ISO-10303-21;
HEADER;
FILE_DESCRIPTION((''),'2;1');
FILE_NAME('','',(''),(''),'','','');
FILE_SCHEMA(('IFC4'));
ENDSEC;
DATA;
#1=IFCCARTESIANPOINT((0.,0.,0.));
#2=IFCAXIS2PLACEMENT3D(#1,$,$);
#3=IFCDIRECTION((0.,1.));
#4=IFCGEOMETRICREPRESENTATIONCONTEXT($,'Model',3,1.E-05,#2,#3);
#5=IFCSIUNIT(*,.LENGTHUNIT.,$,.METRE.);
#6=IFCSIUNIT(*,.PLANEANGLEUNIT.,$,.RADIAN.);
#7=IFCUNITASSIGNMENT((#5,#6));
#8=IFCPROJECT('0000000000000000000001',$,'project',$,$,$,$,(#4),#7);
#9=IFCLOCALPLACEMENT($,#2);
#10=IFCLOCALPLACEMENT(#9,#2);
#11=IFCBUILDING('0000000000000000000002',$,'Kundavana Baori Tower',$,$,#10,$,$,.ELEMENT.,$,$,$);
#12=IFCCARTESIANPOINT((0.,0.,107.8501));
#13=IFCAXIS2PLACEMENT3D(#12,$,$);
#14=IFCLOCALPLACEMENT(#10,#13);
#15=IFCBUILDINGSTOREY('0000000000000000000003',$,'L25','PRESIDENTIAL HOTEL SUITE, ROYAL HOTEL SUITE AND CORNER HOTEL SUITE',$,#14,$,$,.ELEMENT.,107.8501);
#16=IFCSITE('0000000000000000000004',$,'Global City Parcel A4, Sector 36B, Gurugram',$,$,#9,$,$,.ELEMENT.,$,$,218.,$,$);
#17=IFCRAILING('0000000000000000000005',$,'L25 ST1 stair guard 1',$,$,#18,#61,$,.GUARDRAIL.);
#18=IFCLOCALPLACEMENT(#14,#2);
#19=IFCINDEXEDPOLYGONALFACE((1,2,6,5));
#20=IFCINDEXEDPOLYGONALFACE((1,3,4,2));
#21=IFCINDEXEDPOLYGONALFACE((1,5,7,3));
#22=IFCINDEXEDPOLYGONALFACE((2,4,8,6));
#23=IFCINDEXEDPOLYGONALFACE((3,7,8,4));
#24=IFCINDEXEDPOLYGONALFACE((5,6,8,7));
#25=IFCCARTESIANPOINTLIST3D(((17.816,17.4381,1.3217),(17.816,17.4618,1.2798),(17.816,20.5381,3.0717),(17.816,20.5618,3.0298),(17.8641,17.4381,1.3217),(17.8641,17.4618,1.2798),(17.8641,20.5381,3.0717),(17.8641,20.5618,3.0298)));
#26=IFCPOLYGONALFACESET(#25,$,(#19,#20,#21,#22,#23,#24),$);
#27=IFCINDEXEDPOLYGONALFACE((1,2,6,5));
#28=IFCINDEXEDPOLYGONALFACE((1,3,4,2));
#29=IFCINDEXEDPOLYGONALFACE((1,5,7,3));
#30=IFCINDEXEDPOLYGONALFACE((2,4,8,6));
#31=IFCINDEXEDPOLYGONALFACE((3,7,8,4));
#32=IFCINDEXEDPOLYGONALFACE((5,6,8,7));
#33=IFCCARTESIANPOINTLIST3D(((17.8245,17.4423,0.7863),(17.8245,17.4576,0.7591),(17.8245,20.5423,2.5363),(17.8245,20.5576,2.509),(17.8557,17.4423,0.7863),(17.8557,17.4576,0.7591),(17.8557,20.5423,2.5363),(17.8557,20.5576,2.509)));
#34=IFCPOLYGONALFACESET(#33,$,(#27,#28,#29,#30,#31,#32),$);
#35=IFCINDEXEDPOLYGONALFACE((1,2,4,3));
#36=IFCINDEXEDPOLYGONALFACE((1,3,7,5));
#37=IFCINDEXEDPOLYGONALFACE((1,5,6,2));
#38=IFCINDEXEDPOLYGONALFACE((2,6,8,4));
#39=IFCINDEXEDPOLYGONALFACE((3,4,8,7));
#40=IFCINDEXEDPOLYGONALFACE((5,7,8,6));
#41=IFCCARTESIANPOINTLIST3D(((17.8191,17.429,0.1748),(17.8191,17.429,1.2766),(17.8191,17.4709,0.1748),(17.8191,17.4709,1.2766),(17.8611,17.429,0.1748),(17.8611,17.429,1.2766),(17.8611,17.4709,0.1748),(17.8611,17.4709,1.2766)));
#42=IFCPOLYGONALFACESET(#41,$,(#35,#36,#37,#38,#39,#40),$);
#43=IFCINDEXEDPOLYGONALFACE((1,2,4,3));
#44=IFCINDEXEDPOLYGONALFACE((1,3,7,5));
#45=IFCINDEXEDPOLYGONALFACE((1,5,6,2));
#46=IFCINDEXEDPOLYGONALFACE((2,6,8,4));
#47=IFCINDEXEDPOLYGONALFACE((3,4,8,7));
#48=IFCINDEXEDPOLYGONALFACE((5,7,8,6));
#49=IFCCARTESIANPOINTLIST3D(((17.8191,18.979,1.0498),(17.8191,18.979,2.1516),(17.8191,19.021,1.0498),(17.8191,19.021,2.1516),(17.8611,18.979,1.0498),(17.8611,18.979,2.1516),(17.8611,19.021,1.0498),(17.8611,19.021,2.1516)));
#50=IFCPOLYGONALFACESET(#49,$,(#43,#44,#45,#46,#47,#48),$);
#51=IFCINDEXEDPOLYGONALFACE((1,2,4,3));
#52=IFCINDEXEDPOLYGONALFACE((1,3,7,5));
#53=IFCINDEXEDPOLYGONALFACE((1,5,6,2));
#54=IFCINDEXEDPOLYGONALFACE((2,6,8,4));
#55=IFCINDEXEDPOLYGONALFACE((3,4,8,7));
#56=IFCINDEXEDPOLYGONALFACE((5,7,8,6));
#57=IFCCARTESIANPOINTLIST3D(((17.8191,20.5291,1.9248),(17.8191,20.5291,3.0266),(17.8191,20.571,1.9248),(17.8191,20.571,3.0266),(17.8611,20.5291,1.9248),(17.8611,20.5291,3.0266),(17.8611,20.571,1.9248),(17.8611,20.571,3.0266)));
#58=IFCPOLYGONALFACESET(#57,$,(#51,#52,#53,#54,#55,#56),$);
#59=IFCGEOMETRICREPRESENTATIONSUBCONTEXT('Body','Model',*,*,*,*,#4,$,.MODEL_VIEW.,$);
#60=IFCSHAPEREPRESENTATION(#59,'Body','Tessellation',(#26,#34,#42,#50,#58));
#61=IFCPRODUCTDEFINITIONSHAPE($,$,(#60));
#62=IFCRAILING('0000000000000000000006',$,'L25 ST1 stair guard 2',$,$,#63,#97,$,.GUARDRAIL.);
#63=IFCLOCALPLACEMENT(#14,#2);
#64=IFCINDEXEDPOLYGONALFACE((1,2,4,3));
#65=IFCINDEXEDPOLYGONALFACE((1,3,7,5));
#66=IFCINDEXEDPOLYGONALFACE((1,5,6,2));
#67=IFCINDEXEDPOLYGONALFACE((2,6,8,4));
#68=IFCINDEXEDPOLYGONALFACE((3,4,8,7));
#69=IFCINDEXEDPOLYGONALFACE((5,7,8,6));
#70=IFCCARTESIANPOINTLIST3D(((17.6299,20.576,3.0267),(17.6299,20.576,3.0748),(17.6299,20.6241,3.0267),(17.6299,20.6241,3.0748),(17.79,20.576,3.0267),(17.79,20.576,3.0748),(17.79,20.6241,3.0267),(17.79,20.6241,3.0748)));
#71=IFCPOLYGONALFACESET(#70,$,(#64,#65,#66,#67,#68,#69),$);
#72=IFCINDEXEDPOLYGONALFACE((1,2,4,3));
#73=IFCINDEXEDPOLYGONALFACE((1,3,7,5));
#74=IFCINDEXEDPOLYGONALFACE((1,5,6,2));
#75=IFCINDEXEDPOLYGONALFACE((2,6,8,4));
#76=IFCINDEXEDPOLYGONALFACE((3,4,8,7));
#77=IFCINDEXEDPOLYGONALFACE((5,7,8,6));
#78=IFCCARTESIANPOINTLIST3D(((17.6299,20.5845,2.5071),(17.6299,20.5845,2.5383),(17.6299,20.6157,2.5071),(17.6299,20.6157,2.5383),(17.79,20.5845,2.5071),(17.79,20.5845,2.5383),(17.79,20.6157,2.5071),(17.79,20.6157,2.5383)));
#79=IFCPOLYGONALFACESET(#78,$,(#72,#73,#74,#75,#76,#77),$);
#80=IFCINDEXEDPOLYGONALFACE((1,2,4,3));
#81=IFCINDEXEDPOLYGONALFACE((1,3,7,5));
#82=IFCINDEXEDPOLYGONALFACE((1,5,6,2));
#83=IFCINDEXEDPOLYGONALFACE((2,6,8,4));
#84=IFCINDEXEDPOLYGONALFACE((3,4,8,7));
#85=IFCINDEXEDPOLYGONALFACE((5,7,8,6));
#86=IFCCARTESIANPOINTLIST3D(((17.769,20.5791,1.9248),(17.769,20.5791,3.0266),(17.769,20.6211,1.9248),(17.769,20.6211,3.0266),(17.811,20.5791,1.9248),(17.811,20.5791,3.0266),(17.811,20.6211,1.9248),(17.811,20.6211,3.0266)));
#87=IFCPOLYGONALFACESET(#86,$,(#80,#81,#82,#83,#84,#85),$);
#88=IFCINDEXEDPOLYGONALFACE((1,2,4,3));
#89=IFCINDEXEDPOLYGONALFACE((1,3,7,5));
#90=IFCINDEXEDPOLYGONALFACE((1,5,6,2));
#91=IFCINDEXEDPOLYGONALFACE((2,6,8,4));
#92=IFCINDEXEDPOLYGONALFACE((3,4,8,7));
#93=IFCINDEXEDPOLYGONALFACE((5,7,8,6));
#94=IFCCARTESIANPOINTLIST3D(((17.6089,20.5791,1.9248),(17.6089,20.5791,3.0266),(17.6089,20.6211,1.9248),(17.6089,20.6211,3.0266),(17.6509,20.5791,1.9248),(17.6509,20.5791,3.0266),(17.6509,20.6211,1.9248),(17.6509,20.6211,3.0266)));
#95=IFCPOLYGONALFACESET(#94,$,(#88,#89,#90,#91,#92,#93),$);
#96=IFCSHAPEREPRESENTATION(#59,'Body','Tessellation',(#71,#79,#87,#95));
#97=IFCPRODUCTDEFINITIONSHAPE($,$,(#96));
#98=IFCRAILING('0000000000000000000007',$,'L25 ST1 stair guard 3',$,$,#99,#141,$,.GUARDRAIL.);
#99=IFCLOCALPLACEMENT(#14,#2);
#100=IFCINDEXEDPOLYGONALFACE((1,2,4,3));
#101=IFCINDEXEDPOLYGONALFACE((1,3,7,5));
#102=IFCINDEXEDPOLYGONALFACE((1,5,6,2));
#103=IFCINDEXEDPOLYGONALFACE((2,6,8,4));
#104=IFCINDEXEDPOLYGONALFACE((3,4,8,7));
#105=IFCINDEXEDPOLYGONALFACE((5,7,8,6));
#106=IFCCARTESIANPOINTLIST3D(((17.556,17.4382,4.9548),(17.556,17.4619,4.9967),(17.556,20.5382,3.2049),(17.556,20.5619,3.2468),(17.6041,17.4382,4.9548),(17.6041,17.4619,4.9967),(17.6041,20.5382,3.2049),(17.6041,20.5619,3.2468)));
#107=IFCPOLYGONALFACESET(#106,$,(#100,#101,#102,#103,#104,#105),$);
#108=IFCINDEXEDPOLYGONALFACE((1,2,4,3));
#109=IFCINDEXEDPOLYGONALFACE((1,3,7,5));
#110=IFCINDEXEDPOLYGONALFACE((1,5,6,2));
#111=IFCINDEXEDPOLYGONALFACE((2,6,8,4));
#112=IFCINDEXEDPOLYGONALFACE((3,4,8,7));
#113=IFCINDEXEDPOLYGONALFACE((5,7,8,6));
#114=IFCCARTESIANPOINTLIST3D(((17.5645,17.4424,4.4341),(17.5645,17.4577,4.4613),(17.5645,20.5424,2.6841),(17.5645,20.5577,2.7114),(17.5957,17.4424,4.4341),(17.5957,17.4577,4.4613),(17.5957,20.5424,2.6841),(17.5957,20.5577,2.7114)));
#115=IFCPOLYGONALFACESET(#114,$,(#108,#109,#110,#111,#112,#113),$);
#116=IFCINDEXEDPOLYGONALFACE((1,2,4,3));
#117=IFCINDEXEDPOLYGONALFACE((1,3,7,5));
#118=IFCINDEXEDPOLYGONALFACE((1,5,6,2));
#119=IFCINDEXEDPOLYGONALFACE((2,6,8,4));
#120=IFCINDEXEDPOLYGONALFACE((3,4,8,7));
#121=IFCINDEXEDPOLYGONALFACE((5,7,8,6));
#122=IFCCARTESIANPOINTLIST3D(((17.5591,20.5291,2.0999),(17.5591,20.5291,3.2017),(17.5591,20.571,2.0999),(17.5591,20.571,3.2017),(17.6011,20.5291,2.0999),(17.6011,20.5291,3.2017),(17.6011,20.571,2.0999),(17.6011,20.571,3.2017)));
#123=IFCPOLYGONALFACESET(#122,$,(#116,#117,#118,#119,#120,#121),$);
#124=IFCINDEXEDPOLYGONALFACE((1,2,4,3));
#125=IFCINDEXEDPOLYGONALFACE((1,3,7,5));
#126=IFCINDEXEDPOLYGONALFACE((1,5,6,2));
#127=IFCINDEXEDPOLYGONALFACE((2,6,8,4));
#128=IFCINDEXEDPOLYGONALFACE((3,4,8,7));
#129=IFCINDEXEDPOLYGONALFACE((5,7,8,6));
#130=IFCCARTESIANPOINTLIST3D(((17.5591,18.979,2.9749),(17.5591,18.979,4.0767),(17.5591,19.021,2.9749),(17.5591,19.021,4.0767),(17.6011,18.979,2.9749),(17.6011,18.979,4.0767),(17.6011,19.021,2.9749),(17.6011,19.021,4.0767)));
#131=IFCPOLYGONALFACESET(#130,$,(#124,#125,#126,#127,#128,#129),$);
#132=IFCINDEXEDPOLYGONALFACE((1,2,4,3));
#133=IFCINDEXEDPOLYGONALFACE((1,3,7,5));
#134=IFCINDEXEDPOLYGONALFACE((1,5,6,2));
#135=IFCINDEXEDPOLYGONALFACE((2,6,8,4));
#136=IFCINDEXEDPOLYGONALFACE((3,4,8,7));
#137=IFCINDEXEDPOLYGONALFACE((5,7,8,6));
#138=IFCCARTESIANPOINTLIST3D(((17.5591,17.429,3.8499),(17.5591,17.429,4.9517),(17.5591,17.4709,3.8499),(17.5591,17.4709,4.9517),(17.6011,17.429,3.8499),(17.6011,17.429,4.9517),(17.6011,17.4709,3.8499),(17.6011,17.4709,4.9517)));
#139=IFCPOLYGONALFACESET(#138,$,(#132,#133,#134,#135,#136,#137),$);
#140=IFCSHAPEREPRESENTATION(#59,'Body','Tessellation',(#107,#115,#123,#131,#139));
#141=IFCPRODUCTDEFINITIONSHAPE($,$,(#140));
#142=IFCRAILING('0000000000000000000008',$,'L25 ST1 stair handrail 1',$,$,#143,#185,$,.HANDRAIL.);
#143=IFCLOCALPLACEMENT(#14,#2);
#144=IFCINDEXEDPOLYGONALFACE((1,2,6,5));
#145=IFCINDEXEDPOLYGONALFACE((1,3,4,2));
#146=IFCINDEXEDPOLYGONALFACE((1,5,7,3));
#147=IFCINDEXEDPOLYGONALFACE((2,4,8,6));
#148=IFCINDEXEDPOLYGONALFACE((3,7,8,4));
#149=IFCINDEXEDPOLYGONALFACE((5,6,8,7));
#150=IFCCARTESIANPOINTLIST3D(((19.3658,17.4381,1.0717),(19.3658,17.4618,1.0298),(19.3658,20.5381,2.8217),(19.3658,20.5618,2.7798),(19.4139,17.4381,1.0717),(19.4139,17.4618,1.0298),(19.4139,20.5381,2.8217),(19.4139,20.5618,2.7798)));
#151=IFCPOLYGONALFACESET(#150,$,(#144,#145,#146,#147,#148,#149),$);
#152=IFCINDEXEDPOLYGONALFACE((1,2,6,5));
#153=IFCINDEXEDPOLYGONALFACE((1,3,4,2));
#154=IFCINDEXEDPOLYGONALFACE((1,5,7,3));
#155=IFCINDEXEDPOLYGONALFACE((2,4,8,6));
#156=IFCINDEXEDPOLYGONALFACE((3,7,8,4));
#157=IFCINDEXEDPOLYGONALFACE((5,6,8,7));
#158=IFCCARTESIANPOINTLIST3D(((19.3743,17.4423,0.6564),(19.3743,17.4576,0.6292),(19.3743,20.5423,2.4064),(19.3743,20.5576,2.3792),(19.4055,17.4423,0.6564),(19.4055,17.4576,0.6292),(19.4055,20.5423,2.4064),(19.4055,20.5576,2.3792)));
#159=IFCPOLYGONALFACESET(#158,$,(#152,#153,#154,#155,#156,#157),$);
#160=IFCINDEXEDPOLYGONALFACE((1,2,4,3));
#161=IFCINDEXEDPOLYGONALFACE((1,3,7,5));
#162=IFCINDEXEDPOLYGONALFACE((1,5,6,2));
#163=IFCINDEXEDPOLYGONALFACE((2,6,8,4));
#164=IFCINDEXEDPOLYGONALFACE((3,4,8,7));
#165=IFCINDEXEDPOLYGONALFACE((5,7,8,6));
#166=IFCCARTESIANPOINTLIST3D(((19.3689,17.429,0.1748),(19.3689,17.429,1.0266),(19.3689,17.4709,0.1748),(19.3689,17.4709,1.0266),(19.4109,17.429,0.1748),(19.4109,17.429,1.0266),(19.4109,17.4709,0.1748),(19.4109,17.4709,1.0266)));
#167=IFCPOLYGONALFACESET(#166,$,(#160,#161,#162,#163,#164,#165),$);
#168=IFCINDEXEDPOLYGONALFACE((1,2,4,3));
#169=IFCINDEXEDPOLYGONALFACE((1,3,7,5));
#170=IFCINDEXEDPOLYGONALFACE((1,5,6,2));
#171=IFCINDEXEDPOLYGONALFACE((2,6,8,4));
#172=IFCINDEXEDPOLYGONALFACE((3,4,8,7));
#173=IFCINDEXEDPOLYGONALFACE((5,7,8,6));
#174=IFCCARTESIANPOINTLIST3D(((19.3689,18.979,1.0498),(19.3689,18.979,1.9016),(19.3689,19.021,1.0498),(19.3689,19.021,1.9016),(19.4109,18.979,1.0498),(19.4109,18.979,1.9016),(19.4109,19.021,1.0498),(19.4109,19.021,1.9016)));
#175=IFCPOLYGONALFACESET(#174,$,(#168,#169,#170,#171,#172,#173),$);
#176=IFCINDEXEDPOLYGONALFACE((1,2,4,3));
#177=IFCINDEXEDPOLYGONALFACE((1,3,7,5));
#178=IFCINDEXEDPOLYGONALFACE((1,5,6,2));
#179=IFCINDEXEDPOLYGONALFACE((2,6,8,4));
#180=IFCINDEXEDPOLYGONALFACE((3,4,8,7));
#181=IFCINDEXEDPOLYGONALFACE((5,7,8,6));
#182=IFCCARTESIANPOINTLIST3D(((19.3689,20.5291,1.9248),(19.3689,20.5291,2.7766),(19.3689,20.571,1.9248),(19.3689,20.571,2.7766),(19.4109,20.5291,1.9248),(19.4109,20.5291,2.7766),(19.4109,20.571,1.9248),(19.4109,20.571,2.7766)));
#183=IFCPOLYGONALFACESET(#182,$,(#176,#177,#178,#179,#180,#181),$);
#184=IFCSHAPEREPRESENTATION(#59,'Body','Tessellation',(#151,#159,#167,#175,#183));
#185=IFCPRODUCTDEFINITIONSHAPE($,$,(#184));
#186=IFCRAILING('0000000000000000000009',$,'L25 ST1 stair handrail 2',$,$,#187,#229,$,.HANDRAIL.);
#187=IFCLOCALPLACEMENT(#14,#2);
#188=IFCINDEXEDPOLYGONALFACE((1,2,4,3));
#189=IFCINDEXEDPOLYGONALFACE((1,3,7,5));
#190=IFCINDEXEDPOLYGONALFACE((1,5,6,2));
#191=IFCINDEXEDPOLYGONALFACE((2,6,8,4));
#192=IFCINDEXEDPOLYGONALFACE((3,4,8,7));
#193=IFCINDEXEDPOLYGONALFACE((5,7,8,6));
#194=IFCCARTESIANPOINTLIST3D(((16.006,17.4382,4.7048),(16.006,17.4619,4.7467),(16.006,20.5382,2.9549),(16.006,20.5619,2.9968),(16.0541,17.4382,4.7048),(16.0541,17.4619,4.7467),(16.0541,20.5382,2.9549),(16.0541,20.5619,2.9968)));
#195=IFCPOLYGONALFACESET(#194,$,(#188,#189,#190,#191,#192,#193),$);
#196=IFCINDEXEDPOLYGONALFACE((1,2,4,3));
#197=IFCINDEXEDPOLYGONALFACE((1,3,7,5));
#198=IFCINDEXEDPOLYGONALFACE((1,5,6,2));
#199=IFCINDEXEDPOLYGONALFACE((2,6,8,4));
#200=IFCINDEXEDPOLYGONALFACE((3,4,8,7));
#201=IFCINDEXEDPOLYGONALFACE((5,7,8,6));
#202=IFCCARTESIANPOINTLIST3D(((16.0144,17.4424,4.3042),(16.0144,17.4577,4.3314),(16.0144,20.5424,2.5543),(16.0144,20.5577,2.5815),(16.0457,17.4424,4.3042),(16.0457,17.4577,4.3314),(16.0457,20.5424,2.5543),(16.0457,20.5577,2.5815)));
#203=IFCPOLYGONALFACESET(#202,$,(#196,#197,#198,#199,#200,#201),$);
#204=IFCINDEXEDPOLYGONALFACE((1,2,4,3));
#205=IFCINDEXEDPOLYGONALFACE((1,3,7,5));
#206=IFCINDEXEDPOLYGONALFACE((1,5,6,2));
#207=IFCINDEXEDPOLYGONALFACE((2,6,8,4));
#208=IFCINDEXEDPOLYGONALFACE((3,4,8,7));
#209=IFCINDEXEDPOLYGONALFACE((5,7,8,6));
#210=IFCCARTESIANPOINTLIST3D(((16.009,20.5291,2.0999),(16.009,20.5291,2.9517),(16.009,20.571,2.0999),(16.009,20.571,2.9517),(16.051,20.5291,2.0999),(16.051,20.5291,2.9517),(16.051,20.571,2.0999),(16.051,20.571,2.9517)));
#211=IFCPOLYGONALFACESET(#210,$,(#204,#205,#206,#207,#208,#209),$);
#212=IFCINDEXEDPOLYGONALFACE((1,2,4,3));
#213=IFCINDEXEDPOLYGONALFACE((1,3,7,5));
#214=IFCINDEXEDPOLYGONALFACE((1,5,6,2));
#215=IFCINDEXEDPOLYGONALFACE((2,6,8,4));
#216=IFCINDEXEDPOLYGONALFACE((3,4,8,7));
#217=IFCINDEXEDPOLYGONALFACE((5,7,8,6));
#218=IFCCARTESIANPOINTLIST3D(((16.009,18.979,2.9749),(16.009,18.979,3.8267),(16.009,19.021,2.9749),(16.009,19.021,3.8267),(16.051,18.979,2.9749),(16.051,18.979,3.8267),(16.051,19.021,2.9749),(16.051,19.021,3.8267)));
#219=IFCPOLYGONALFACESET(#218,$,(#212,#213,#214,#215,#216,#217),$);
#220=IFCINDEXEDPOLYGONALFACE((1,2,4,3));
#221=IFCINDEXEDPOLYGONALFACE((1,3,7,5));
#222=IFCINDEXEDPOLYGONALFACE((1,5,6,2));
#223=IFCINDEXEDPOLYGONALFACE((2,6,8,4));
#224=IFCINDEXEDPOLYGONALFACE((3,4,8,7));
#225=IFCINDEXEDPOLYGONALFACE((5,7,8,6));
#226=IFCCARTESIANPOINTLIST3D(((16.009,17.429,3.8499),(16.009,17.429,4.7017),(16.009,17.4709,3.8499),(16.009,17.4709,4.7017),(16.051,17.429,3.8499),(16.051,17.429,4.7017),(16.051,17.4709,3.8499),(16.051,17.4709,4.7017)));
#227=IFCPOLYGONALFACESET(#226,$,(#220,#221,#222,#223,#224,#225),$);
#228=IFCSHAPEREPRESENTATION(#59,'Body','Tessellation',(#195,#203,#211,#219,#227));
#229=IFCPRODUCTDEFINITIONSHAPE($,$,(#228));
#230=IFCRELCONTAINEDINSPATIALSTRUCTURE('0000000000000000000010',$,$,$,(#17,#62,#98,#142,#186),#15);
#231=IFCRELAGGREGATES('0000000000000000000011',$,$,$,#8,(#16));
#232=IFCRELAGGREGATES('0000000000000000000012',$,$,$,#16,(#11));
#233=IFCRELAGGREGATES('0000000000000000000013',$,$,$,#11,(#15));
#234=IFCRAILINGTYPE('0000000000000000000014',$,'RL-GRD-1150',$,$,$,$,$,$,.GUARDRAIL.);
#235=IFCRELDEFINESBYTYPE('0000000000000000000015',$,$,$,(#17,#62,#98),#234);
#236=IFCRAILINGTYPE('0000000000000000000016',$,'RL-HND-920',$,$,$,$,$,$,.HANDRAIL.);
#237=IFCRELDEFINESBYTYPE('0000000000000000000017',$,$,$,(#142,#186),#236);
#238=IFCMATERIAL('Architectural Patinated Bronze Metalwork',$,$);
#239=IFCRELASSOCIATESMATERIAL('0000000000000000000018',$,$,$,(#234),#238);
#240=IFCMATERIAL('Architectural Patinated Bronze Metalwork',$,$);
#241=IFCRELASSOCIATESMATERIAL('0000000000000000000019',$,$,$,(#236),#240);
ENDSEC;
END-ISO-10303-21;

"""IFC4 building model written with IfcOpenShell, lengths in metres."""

from ifc_helpers import new_model, si_unit, direction, frame, origin, origin_2d, place, context, subcontext, project, spatial, rectangle, extrude, material, type_object, element, save


model = new_model("IFC4")

# Units and contexts
model_context = context("Model", 3, precision=1e-05, world=origin(), true_north=direction((0.0, 1.0)))
body_context = subcontext(model_context, "Body", "Model", "MODEL_VIEW")
ifc_project = project(units=[si_unit("LENGTHUNIT", "METRE"), si_unit("PLANEANGLEUNIT", "RADIAN")], contexts=[model_context])

# Site, building, storey
site_placement = place(None, origin())
site = spatial("IfcSite", under=ifc_project, at=site_placement, Name="Global City Parcel A4, Sector 36B, Gurugram", CompositionType="ELEMENT", RefElevation=218.0)
building_placement = place(site_placement, origin())
building = spatial("IfcBuilding", under=site, at=building_placement, Name="Kundavana Baori Tower", CompositionType="ELEMENT")
storey_placement = place(building_placement, frame((0.0, 0.0, 107.8501)))
storey = spatial("IfcBuildingStorey", under=building, at=storey_placement, Name="L25", Description="PRESIDENTIAL HOTEL SUITE, ROYAL HOTEL SUITE AND CORNER HOTEL SUITE", CompositionType="ELEMENT", Elevation=107.8501)

# Railings
ifc_material_1 = material(Name="Architectural Patinated Bronze Metalwork")
railing_type_1 = type_object("IfcRailingType", Name="RL-GRD-1150", PredefinedType="GUARDRAIL", material=ifc_material_1)
railing_1_placement = place(storey_placement, frame((17.8401, 17.45, 0.1748)))
element("IfcRailing", 1, at=railing_1_placement, inside=storey, type_object=railing_type_1, Name="L25 ST1 stair guard 1", PredefinedType="GUARDRAIL", context=body_context, shape_type="SweptSolid", body=[
    extrude(rectangle(XDim=0.0481, YDim=0.0481, at=origin_2d()), frame((0.0, 0.0, 1.126), z_axis=(0.0, 0.870831, 0.491583), x_axis=(-1.0, 0.0, 0.0)), (0.0, 0.0, 1.0), 3.5598),
    extrude(rectangle(XDim=0.0312, YDim=0.0312, at=origin_2d()), frame((0.0, 0.0, 0.5979), z_axis=(0.0, 0.870831, 0.491583), x_axis=(-1.0, 0.0, 0.0)), (0.0, 0.0, 1.0), 3.5598),
    extrude(rectangle(XDim=0.042, YDim=0.042, at=origin_2d()), origin(), (0.0, 0.0, 1.0), 1.1018),
    extrude(rectangle(XDim=0.042, YDim=0.042, at=origin_2d()), frame((0.0, 1.55, 0.875)), (0.0, 0.0, 1.0), 1.1018),
    extrude(rectangle(XDim=0.042, YDim=0.042, at=origin_2d()), frame((0.0, 3.1001, 1.75)), (0.0, 0.0, 1.0), 1.1018),
])
railing_2_placement = place(storey_placement, frame((17.79, 20.6001, 1.9248)))
element("IfcRailing", 2, at=railing_2_placement, inside=storey, type_object=railing_type_1, Name="L25 ST1 stair guard 2", PredefinedType="GUARDRAIL", context=body_context, shape_type="SweptSolid", body=[
    extrude(rectangle(XDim=0.0481, YDim=0.0481, at=origin_2d()), frame((0.0, 0.0, 1.126), z_axis=(-1.0, 0.0, 0.0), x_axis=(0.0, -1.0, 0.0)), (0.0, 0.0, 1.0), 0.1602),
    extrude(rectangle(XDim=0.0312, YDim=0.0312, at=origin_2d()), frame((0.0, 0.0, 0.5979), z_axis=(-1.0, 0.0, 0.0), x_axis=(0.0, -1.0, 0.0)), (0.0, 0.0, 1.0), 0.1602),
    extrude(rectangle(XDim=0.042, YDim=0.042, at=origin_2d()), origin(), (0.0, 0.0, 1.0), 1.1018),
    extrude(rectangle(XDim=0.042, YDim=0.042, at=origin_2d()), frame((-0.1602, 0.0, 0.0)), (0.0, 0.0, 1.0), 1.1018),
])
railing_3_placement = place(storey_placement, frame((17.5801, 20.55, 2.0999)))
element("IfcRailing", 3, at=railing_3_placement, inside=storey, type_object=railing_type_1, Name="L25 ST1 stair guard 3", PredefinedType="GUARDRAIL", context=body_context, shape_type="SweptSolid", body=[
    extrude(rectangle(XDim=0.0481, YDim=0.0481, at=origin_2d()), frame((0.0, 0.0, 1.126), z_axis=(0.0, -0.870831, 0.491583), x_axis=(1.0, 0.0, 0.0)), (0.0, 0.0, 1.0), 3.5598),
    extrude(rectangle(XDim=0.0312, YDim=0.0312, at=origin_2d()), frame((0.0, 0.0, 0.5979), z_axis=(0.0, -0.870831, 0.491583), x_axis=(1.0, 0.0, 0.0)), (0.0, 0.0, 1.0), 3.5598),
    extrude(rectangle(XDim=0.042, YDim=0.042, at=origin_2d()), origin(), (0.0, 0.0, 1.0), 1.1018),
    extrude(rectangle(XDim=0.042, YDim=0.042, at=origin_2d()), frame((0.0, -1.55, 0.875)), (0.0, 0.0, 1.0), 1.1018),
    extrude(rectangle(XDim=0.042, YDim=0.042, at=origin_2d()), frame((0.0, -3.1001, 1.75)), (0.0, 0.0, 1.0), 1.1018),
])
ifc_material_2 = material(Name="Architectural Patinated Bronze Metalwork")
railing_type_2 = type_object("IfcRailingType", Name="RL-HND-920", PredefinedType="HANDRAIL", material=ifc_material_2)
railing_4_placement = place(storey_placement, frame((19.3899, 17.45, 0.1748)))
element("IfcRailing", 4, at=railing_4_placement, inside=storey, type_object=railing_type_2, Name="L25 ST1 stair handrail 1", PredefinedType="HANDRAIL", context=body_context, shape_type="SweptSolid", body=[
    extrude(rectangle(XDim=0.0481, YDim=0.0481, at=origin_2d()), frame((0.0, 0.0, 0.876), z_axis=(0.0, 0.870831, 0.491583), x_axis=(-1.0, 0.0, 0.0)), (0.0, 0.0, 1.0), 3.5598),
    extrude(rectangle(XDim=0.0312, YDim=0.0312, at=origin_2d()), frame((0.0, 0.0, 0.468), z_axis=(0.0, 0.870831, 0.491583), x_axis=(-1.0, 0.0, 0.0)), (0.0, 0.0, 1.0), 3.5598),
    extrude(rectangle(XDim=0.042, YDim=0.042, at=origin_2d()), origin(), (0.0, 0.0, 1.0), 0.8518),
    extrude(rectangle(XDim=0.042, YDim=0.042, at=origin_2d()), frame((0.0, 1.55, 0.875)), (0.0, 0.0, 1.0), 0.8518),
    extrude(rectangle(XDim=0.042, YDim=0.042, at=origin_2d()), frame((0.0, 3.1001, 1.75)), (0.0, 0.0, 1.0), 0.8518),
])
railing_5_placement = place(storey_placement, frame((16.03, 20.55, 2.0999)))
element("IfcRailing", 5, at=railing_5_placement, inside=storey, type_object=railing_type_2, Name="L25 ST1 stair handrail 2", PredefinedType="HANDRAIL", context=body_context, shape_type="SweptSolid", body=[
    extrude(rectangle(XDim=0.0481, YDim=0.0481, at=origin_2d()), frame((0.0, 0.0, 0.876), z_axis=(0.0, -0.870831, 0.491583), x_axis=(1.0, 0.0, 0.0)), (0.0, 0.0, 1.0), 3.5598),
    extrude(rectangle(XDim=0.0312, YDim=0.0312, at=origin_2d()), frame((0.0, 0.0, 0.468), z_axis=(0.0, -0.870831, 0.491583), x_axis=(1.0, 0.0, 0.0)), (0.0, 0.0, 1.0), 3.5598),
    extrude(rectangle(XDim=0.042, YDim=0.042, at=origin_2d()), origin(), (0.0, 0.0, 1.0), 0.8518),
    extrude(rectangle(XDim=0.042, YDim=0.042, at=origin_2d()), frame((0.0, -1.55, 0.875)), (0.0, 0.0, 1.0), 0.8518),
    extrude(rectangle(XDim=0.042, YDim=0.042, at=origin_2d()), frame((0.0, -3.1001, 1.75)), (0.0, 0.0, 1.0), 0.8518),
])

save(model, "model.ifc")
